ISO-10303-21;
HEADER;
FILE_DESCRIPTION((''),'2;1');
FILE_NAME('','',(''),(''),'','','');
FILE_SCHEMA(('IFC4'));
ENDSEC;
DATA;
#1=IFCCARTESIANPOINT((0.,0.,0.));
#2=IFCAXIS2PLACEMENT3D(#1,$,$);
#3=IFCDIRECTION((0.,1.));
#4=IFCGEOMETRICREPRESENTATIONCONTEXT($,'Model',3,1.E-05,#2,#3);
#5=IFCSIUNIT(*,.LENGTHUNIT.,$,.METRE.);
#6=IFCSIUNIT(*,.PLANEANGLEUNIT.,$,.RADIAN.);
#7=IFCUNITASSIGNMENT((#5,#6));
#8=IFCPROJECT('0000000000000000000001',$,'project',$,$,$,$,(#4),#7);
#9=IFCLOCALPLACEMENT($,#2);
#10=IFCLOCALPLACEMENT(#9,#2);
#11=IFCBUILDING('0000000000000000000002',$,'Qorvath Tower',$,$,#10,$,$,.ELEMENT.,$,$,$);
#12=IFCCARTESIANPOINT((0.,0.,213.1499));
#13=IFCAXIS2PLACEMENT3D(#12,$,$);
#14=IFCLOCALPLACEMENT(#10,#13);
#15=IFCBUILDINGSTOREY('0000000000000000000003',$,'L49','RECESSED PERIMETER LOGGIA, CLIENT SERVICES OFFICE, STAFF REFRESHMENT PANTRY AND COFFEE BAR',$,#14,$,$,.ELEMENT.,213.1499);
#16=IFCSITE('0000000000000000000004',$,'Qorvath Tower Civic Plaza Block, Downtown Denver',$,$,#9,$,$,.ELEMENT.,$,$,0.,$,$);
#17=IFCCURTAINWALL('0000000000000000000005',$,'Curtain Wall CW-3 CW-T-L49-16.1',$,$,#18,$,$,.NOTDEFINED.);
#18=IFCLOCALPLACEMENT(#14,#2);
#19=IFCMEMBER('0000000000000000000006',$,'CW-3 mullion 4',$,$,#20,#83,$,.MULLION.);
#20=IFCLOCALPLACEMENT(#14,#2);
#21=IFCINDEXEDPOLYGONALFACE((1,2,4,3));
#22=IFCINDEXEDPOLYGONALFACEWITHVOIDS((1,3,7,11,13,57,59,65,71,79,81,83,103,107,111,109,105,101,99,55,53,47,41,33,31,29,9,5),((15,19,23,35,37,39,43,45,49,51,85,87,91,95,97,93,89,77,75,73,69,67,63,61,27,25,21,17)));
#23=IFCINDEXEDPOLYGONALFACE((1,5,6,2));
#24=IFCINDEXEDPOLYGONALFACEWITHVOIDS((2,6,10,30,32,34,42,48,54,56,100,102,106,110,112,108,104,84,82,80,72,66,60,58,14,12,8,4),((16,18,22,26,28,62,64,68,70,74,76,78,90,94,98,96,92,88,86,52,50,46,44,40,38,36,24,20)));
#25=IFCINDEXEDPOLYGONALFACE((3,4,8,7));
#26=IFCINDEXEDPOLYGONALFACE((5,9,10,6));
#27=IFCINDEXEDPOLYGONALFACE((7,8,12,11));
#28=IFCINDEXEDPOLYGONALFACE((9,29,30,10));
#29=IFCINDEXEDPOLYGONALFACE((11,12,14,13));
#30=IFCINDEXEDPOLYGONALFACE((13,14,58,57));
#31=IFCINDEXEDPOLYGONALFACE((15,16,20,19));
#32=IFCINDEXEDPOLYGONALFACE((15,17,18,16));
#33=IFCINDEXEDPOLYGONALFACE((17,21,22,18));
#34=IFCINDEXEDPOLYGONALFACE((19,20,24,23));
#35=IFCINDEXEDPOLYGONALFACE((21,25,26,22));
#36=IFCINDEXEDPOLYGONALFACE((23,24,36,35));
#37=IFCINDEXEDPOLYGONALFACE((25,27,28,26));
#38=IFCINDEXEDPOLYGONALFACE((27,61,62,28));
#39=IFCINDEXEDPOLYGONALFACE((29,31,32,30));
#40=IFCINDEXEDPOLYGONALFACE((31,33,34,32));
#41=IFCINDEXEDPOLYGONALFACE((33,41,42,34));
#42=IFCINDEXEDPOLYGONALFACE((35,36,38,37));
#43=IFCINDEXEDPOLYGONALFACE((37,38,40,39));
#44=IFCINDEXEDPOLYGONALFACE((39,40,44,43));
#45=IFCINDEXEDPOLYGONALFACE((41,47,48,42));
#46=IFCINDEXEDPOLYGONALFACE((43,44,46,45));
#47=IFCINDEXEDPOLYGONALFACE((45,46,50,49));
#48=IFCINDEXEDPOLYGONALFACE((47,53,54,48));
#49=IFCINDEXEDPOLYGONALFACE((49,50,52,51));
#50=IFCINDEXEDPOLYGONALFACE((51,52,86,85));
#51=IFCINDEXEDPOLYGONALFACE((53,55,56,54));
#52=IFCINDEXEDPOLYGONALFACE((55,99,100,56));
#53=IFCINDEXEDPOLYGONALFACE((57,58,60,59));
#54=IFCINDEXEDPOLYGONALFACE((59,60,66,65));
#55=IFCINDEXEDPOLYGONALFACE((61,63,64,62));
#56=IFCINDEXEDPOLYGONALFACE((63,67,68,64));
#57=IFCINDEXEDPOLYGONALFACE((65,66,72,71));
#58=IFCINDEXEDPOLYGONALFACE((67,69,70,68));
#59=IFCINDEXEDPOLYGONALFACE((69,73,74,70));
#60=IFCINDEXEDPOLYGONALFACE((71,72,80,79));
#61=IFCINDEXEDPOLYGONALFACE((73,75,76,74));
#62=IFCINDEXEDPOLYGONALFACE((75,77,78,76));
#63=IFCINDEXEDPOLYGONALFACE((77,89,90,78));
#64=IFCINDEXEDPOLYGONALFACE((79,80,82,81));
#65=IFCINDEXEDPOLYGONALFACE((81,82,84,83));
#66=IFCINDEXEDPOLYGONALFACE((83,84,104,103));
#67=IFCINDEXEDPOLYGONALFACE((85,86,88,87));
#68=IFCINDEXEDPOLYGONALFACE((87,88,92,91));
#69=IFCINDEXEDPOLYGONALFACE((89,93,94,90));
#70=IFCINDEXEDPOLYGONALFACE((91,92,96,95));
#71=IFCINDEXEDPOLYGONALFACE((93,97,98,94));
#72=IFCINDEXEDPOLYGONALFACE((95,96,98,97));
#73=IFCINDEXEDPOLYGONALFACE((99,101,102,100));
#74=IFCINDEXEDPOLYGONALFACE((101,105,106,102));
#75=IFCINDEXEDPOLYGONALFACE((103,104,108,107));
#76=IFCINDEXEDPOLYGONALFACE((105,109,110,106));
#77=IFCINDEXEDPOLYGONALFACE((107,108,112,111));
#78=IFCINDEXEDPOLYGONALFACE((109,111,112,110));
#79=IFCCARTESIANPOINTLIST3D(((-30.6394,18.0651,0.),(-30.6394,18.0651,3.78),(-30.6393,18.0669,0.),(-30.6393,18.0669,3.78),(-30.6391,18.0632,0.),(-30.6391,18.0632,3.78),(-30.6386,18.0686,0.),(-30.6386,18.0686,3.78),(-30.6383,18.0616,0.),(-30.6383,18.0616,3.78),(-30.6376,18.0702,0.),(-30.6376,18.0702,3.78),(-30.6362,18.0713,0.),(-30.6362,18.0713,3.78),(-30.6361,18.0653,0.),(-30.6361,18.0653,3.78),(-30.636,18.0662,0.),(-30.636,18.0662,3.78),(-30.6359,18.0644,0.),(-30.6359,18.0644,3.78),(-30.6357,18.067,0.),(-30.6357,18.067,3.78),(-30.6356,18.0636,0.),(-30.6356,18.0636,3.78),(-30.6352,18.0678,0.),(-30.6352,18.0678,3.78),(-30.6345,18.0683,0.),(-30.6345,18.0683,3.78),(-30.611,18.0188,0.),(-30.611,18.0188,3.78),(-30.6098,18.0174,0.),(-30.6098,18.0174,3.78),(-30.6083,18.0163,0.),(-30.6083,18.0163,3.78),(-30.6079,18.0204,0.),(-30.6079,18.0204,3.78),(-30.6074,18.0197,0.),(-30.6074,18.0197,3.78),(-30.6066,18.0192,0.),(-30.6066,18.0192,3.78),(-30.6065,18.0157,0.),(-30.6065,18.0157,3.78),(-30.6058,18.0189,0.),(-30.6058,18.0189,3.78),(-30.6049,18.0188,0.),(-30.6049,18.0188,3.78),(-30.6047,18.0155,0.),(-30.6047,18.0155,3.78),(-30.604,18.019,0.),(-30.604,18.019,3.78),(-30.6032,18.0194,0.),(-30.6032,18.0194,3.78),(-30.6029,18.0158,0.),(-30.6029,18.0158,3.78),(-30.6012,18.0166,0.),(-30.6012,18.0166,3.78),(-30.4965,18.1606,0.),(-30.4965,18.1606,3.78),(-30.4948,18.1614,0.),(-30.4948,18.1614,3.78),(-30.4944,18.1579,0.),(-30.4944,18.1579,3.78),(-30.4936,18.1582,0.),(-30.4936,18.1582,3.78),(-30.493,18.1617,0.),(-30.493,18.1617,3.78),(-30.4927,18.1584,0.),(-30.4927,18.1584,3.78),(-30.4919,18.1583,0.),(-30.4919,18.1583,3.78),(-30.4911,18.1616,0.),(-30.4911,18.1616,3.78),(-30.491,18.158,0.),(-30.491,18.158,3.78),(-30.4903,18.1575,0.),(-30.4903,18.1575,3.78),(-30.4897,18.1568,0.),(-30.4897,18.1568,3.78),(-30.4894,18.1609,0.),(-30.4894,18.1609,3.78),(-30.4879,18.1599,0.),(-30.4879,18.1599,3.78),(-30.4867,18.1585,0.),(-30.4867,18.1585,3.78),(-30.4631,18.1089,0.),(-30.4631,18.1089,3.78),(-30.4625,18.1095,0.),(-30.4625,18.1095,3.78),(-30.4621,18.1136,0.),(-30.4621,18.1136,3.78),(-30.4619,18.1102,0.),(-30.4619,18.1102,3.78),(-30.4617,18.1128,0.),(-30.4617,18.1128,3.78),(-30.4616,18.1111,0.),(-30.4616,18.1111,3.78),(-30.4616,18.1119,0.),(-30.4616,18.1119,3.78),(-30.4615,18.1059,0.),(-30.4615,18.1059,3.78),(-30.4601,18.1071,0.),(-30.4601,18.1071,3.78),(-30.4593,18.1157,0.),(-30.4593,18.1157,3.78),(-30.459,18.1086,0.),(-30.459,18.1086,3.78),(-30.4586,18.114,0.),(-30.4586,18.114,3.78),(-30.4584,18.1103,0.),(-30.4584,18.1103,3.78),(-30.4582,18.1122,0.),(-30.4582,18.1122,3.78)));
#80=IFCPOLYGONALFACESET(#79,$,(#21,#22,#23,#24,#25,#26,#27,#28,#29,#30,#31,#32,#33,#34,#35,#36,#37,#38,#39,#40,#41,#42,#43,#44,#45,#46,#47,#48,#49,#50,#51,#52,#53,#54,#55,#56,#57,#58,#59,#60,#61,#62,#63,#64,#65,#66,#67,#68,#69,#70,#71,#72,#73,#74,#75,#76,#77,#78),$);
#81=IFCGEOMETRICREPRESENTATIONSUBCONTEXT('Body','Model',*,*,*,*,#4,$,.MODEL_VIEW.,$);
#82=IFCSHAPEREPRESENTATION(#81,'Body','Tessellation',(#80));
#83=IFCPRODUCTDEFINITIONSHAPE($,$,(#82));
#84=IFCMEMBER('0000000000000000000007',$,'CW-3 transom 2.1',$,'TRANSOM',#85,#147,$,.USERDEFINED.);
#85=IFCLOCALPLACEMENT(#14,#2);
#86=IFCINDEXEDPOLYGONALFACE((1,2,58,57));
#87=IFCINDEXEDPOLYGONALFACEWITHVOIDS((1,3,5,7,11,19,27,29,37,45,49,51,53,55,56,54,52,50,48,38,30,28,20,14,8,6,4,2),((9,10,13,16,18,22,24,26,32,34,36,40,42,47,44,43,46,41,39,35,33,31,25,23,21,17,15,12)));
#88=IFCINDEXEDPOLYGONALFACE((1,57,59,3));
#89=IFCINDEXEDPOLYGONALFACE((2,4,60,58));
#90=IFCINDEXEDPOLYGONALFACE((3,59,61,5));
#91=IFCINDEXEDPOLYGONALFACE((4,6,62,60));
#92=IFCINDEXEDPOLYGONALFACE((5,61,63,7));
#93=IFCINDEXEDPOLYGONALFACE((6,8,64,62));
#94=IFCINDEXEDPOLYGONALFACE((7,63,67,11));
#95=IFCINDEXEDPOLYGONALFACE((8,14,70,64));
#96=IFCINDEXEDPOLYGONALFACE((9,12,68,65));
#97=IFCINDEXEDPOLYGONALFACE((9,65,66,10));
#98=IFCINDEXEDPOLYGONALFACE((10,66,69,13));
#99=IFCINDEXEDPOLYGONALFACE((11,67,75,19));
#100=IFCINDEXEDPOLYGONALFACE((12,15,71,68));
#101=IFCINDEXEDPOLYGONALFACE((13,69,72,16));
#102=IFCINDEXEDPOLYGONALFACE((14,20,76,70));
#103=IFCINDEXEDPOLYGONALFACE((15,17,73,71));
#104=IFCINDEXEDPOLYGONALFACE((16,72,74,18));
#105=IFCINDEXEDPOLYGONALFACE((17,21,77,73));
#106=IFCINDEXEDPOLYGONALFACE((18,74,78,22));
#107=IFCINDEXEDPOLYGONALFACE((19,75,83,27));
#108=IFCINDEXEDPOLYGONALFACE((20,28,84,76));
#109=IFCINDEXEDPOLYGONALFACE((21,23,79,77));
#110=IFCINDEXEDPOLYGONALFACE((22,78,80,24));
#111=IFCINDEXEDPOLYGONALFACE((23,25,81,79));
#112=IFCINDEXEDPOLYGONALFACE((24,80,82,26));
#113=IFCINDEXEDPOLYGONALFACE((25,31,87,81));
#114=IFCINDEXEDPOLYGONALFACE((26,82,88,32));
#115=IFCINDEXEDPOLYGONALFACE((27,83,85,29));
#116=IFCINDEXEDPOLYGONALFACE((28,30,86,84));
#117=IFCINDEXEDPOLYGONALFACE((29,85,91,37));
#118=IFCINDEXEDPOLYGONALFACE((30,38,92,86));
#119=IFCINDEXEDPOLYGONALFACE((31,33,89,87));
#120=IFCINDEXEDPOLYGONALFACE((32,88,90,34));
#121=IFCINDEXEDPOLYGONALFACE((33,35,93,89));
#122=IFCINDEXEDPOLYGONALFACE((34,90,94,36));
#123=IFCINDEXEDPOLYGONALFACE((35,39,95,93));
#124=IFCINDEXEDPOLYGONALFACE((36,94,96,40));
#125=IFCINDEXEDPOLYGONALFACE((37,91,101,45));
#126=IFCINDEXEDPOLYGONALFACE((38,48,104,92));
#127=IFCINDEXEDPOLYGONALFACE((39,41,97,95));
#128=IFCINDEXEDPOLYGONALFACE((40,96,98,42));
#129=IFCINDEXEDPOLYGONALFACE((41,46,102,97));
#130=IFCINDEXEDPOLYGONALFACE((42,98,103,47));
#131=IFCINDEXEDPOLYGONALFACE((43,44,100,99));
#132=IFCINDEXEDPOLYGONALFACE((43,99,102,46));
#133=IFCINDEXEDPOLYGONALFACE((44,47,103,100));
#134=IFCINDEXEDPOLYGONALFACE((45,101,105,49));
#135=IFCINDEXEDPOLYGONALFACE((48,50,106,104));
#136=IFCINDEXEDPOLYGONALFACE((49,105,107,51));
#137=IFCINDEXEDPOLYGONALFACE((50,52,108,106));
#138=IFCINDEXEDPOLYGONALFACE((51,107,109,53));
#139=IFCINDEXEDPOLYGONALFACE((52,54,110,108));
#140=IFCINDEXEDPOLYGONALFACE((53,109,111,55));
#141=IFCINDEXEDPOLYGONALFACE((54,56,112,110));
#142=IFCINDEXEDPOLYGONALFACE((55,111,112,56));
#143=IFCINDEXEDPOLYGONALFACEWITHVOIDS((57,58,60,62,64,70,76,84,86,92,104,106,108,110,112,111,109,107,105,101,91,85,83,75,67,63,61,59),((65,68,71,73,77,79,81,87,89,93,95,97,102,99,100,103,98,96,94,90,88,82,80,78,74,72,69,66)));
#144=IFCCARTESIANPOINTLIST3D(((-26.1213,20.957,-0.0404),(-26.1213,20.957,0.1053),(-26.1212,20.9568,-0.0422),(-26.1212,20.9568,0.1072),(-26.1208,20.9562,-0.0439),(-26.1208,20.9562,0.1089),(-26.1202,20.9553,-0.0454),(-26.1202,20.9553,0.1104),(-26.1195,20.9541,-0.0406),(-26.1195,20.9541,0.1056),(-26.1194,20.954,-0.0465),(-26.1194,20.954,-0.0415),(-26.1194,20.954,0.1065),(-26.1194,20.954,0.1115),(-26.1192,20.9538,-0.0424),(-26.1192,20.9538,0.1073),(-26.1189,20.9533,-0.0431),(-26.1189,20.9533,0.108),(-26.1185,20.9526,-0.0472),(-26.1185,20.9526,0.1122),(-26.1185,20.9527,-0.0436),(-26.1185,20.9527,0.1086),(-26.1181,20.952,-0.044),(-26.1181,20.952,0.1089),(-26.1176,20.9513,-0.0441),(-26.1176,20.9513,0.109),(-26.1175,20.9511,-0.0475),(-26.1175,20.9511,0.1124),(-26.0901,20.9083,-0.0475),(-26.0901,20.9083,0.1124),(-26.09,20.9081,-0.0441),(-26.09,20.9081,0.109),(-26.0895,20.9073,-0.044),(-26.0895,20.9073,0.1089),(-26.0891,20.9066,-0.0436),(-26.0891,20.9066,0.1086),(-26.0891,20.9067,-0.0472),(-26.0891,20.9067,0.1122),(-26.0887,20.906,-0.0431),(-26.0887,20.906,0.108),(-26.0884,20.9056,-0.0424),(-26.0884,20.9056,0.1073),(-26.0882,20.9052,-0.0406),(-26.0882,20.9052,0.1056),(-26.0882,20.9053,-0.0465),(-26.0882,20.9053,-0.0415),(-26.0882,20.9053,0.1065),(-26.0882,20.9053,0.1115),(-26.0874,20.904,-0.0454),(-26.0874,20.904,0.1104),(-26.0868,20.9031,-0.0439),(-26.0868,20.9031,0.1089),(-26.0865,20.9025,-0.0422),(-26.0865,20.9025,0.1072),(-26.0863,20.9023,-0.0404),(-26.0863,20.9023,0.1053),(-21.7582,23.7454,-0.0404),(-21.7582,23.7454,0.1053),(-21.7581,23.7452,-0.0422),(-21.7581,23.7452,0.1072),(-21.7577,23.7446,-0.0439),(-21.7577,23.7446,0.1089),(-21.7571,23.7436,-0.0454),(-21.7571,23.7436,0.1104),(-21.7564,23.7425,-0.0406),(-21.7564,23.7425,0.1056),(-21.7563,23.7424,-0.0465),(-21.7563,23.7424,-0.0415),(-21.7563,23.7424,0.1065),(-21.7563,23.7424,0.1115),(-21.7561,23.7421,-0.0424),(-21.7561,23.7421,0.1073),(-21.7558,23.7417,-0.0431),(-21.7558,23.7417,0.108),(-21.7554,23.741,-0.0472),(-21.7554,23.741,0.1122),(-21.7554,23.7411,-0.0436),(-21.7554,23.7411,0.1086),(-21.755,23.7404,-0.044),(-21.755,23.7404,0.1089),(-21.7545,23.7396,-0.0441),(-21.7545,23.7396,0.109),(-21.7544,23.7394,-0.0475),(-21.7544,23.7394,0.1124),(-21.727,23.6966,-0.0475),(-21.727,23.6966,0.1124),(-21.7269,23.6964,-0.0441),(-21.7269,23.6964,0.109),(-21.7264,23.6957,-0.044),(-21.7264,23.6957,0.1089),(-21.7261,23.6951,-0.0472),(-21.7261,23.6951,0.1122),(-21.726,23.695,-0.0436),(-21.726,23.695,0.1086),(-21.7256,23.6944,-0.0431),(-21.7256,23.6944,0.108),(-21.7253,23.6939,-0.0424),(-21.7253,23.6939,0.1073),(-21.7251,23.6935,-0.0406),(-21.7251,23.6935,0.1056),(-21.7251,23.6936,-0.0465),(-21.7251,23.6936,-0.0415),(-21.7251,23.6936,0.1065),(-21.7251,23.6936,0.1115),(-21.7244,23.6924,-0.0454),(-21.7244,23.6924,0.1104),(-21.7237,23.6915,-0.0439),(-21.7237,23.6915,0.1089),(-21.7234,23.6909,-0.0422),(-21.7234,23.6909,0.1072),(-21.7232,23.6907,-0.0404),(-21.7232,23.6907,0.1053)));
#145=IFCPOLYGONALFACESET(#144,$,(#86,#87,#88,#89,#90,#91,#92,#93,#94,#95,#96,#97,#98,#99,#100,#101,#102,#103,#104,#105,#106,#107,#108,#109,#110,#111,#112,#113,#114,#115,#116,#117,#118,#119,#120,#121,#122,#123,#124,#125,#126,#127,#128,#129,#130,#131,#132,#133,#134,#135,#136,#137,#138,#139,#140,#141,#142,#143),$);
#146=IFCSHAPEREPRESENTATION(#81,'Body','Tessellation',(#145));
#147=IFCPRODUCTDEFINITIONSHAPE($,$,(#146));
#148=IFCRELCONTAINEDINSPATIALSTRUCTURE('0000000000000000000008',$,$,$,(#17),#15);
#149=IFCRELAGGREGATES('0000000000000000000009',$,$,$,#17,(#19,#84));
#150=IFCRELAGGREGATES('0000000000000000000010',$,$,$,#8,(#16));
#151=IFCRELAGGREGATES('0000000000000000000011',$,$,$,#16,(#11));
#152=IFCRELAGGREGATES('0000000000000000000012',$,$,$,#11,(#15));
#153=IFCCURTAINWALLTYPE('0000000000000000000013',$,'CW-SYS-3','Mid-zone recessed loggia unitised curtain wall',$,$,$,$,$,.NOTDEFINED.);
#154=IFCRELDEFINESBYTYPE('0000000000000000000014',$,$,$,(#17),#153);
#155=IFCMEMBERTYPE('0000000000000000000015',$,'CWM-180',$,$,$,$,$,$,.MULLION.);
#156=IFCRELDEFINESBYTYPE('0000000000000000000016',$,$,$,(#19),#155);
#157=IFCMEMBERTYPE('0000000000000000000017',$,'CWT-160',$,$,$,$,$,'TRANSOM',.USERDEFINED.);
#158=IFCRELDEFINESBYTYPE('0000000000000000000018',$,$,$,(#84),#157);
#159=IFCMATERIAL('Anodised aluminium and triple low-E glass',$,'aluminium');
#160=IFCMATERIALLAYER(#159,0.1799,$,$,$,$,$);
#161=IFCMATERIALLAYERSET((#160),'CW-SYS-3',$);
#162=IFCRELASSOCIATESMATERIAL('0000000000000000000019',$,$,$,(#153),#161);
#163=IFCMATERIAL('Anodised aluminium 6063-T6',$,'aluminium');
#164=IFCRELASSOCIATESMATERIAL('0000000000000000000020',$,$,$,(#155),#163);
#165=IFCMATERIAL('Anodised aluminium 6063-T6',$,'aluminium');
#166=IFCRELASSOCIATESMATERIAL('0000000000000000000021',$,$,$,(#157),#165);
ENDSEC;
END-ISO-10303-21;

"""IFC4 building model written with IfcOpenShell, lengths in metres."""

from ifc_helpers import new_model, si_unit, direction, frame, origin, origin_2d, place, context, subcontext, project, spatial, hollow_rectangle, extrude, material, layer, layer_set, material_profile, profile_set, type_object, element, aggregate, save


model = new_model("IFC4")

# Units and contexts
model_context = context("Model", 3, precision=1e-05, world=origin(), true_north=direction((0.0, 1.0)))
body_context = subcontext(model_context, "Body", "Model", "MODEL_VIEW")
ifc_project = project(units=[si_unit("LENGTHUNIT", "METRE"), si_unit("PLANEANGLEUNIT", "RADIAN")], contexts=[model_context])

# Site, building, storey
site_placement = place(None, origin())
site = spatial("IfcSite", under=ifc_project, at=site_placement, Name="Qorvath Tower Civic Plaza Block, Downtown Denver", CompositionType="ELEMENT", RefElevation=0.0)
building_placement = place(site_placement, origin())
building = spatial("IfcBuilding", under=site, at=building_placement, Name="Qorvath Tower", CompositionType="ELEMENT")
storey_placement = place(building_placement, frame((0.0, 0.0, 213.1499)))
storey = spatial("IfcBuildingStorey", under=building, at=storey_placement, Name="L49", Description="RECESSED PERIMETER LOGGIA, CLIENT SERVICES OFFICE, STAFF REFRESHMENT PANTRY AND COFFEE BAR", CompositionType="ELEMENT", Elevation=213.1499)

# Curtain wall, members
ifc_material_1 = material(Name="Anodised aluminium and triple low-E glass", Category="aluminium")
ifc_layer_1 = layer(ifc_material_1, 0.1799)
ifc_layer_set_1 = layer_set([ifc_layer_1], Name="CW-SYS-3")
curtain_wall_type = type_object("IfcCurtainWallType", Name="CW-SYS-3", Description="Mid-zone recessed loggia unitised curtain wall", PredefinedType="NOTDEFINED", material=ifc_layer_set_1)
curtain_wall_placement = place(storey_placement, origin())
curtain_wall = element("IfcCurtainWall", 1, at=curtain_wall_placement, inside=storey, type_object=curtain_wall_type, Name="Curtain Wall CW-3 CW-T-L49-16.1", PredefinedType="NOTDEFINED")
ifc_material_2 = material(Name="Anodised aluminium 6063-T6", Category="aluminium")
ifc_material_profile_1 = material_profile(ifc_material_2, hollow_rectangle(XDim=0.0649, YDim=0.1799, WallThickness=0.0034, InnerFilletRadius=0.0034, OuterFilletRadius=0.0071, at=origin_2d()), Name="CWM 180x65")
ifc_profile_set_1 = profile_set([ifc_material_profile_1], Name="Anodised aluminium 6063-T6")
member_type_1 = type_object("IfcMemberType", Name="CWM-180", PredefinedType="MULLION", material=ifc_profile_set_1)
member_1_placement = place(storey_placement, frame((-30.5488, 18.0886, 0.0), z_axis=(0.0, 0.0, 1.0), x_axis=(0.538532, -0.842605, 0.0)))
member_1 = element("IfcMember", 2, at=member_1_placement, type_object=member_type_1, Name="CW-3 mullion 4", PredefinedType="MULLION", context=body_context, shape_type="SweptSolid", body=[
    extrude(hollow_rectangle(XDim=0.0649, YDim=0.1799, WallThickness=0.0034, InnerFilletRadius=0.0034, OuterFilletRadius=0.0071, at=origin_2d()), origin(), (0.0, 0.0, 1.0), 3.78),
])
ifc_material_3 = material(Name="Anodised aluminium 6063-T6", Category="aluminium")
ifc_material_profile_2 = material_profile(ifc_material_3, hollow_rectangle(XDim=0.0649, YDim=0.1599, WallThickness=0.0034, InnerFilletRadius=0.0034, OuterFilletRadius=0.0071, at=origin_2d()), Name="CWT 160x65")
ifc_profile_set_2 = profile_set([ifc_material_profile_2], Name="Anodised aluminium 6063-T6")
member_type_2 = type_object("IfcMemberType", Name="CWT-160", ElementType="TRANSOM", PredefinedType="USERDEFINED", material=ifc_profile_set_2)
member_2_placement = place(storey_placement, frame((-21.7407, 23.718, 0.0325), z_axis=(-0.842623, -0.538504, 0.0), x_axis=(0.538504, -0.842623, 0.0)))
member_2 = element("IfcMember", 3, at=member_2_placement, type_object=member_type_2, Name="CW-3 transom 2.1", ObjectType="TRANSOM", PredefinedType="USERDEFINED", context=body_context, shape_type="SweptSolid", body=[
    extrude(hollow_rectangle(XDim=0.0649, YDim=0.1599, WallThickness=0.0034, InnerFilletRadius=0.0034, OuterFilletRadius=0.0071, at=origin_2d()), origin(), (0.0, 0.0, 1.0), 5.178),
])
aggregate(curtain_wall, [member_1, member_2])

save(model, "model.ifc")
